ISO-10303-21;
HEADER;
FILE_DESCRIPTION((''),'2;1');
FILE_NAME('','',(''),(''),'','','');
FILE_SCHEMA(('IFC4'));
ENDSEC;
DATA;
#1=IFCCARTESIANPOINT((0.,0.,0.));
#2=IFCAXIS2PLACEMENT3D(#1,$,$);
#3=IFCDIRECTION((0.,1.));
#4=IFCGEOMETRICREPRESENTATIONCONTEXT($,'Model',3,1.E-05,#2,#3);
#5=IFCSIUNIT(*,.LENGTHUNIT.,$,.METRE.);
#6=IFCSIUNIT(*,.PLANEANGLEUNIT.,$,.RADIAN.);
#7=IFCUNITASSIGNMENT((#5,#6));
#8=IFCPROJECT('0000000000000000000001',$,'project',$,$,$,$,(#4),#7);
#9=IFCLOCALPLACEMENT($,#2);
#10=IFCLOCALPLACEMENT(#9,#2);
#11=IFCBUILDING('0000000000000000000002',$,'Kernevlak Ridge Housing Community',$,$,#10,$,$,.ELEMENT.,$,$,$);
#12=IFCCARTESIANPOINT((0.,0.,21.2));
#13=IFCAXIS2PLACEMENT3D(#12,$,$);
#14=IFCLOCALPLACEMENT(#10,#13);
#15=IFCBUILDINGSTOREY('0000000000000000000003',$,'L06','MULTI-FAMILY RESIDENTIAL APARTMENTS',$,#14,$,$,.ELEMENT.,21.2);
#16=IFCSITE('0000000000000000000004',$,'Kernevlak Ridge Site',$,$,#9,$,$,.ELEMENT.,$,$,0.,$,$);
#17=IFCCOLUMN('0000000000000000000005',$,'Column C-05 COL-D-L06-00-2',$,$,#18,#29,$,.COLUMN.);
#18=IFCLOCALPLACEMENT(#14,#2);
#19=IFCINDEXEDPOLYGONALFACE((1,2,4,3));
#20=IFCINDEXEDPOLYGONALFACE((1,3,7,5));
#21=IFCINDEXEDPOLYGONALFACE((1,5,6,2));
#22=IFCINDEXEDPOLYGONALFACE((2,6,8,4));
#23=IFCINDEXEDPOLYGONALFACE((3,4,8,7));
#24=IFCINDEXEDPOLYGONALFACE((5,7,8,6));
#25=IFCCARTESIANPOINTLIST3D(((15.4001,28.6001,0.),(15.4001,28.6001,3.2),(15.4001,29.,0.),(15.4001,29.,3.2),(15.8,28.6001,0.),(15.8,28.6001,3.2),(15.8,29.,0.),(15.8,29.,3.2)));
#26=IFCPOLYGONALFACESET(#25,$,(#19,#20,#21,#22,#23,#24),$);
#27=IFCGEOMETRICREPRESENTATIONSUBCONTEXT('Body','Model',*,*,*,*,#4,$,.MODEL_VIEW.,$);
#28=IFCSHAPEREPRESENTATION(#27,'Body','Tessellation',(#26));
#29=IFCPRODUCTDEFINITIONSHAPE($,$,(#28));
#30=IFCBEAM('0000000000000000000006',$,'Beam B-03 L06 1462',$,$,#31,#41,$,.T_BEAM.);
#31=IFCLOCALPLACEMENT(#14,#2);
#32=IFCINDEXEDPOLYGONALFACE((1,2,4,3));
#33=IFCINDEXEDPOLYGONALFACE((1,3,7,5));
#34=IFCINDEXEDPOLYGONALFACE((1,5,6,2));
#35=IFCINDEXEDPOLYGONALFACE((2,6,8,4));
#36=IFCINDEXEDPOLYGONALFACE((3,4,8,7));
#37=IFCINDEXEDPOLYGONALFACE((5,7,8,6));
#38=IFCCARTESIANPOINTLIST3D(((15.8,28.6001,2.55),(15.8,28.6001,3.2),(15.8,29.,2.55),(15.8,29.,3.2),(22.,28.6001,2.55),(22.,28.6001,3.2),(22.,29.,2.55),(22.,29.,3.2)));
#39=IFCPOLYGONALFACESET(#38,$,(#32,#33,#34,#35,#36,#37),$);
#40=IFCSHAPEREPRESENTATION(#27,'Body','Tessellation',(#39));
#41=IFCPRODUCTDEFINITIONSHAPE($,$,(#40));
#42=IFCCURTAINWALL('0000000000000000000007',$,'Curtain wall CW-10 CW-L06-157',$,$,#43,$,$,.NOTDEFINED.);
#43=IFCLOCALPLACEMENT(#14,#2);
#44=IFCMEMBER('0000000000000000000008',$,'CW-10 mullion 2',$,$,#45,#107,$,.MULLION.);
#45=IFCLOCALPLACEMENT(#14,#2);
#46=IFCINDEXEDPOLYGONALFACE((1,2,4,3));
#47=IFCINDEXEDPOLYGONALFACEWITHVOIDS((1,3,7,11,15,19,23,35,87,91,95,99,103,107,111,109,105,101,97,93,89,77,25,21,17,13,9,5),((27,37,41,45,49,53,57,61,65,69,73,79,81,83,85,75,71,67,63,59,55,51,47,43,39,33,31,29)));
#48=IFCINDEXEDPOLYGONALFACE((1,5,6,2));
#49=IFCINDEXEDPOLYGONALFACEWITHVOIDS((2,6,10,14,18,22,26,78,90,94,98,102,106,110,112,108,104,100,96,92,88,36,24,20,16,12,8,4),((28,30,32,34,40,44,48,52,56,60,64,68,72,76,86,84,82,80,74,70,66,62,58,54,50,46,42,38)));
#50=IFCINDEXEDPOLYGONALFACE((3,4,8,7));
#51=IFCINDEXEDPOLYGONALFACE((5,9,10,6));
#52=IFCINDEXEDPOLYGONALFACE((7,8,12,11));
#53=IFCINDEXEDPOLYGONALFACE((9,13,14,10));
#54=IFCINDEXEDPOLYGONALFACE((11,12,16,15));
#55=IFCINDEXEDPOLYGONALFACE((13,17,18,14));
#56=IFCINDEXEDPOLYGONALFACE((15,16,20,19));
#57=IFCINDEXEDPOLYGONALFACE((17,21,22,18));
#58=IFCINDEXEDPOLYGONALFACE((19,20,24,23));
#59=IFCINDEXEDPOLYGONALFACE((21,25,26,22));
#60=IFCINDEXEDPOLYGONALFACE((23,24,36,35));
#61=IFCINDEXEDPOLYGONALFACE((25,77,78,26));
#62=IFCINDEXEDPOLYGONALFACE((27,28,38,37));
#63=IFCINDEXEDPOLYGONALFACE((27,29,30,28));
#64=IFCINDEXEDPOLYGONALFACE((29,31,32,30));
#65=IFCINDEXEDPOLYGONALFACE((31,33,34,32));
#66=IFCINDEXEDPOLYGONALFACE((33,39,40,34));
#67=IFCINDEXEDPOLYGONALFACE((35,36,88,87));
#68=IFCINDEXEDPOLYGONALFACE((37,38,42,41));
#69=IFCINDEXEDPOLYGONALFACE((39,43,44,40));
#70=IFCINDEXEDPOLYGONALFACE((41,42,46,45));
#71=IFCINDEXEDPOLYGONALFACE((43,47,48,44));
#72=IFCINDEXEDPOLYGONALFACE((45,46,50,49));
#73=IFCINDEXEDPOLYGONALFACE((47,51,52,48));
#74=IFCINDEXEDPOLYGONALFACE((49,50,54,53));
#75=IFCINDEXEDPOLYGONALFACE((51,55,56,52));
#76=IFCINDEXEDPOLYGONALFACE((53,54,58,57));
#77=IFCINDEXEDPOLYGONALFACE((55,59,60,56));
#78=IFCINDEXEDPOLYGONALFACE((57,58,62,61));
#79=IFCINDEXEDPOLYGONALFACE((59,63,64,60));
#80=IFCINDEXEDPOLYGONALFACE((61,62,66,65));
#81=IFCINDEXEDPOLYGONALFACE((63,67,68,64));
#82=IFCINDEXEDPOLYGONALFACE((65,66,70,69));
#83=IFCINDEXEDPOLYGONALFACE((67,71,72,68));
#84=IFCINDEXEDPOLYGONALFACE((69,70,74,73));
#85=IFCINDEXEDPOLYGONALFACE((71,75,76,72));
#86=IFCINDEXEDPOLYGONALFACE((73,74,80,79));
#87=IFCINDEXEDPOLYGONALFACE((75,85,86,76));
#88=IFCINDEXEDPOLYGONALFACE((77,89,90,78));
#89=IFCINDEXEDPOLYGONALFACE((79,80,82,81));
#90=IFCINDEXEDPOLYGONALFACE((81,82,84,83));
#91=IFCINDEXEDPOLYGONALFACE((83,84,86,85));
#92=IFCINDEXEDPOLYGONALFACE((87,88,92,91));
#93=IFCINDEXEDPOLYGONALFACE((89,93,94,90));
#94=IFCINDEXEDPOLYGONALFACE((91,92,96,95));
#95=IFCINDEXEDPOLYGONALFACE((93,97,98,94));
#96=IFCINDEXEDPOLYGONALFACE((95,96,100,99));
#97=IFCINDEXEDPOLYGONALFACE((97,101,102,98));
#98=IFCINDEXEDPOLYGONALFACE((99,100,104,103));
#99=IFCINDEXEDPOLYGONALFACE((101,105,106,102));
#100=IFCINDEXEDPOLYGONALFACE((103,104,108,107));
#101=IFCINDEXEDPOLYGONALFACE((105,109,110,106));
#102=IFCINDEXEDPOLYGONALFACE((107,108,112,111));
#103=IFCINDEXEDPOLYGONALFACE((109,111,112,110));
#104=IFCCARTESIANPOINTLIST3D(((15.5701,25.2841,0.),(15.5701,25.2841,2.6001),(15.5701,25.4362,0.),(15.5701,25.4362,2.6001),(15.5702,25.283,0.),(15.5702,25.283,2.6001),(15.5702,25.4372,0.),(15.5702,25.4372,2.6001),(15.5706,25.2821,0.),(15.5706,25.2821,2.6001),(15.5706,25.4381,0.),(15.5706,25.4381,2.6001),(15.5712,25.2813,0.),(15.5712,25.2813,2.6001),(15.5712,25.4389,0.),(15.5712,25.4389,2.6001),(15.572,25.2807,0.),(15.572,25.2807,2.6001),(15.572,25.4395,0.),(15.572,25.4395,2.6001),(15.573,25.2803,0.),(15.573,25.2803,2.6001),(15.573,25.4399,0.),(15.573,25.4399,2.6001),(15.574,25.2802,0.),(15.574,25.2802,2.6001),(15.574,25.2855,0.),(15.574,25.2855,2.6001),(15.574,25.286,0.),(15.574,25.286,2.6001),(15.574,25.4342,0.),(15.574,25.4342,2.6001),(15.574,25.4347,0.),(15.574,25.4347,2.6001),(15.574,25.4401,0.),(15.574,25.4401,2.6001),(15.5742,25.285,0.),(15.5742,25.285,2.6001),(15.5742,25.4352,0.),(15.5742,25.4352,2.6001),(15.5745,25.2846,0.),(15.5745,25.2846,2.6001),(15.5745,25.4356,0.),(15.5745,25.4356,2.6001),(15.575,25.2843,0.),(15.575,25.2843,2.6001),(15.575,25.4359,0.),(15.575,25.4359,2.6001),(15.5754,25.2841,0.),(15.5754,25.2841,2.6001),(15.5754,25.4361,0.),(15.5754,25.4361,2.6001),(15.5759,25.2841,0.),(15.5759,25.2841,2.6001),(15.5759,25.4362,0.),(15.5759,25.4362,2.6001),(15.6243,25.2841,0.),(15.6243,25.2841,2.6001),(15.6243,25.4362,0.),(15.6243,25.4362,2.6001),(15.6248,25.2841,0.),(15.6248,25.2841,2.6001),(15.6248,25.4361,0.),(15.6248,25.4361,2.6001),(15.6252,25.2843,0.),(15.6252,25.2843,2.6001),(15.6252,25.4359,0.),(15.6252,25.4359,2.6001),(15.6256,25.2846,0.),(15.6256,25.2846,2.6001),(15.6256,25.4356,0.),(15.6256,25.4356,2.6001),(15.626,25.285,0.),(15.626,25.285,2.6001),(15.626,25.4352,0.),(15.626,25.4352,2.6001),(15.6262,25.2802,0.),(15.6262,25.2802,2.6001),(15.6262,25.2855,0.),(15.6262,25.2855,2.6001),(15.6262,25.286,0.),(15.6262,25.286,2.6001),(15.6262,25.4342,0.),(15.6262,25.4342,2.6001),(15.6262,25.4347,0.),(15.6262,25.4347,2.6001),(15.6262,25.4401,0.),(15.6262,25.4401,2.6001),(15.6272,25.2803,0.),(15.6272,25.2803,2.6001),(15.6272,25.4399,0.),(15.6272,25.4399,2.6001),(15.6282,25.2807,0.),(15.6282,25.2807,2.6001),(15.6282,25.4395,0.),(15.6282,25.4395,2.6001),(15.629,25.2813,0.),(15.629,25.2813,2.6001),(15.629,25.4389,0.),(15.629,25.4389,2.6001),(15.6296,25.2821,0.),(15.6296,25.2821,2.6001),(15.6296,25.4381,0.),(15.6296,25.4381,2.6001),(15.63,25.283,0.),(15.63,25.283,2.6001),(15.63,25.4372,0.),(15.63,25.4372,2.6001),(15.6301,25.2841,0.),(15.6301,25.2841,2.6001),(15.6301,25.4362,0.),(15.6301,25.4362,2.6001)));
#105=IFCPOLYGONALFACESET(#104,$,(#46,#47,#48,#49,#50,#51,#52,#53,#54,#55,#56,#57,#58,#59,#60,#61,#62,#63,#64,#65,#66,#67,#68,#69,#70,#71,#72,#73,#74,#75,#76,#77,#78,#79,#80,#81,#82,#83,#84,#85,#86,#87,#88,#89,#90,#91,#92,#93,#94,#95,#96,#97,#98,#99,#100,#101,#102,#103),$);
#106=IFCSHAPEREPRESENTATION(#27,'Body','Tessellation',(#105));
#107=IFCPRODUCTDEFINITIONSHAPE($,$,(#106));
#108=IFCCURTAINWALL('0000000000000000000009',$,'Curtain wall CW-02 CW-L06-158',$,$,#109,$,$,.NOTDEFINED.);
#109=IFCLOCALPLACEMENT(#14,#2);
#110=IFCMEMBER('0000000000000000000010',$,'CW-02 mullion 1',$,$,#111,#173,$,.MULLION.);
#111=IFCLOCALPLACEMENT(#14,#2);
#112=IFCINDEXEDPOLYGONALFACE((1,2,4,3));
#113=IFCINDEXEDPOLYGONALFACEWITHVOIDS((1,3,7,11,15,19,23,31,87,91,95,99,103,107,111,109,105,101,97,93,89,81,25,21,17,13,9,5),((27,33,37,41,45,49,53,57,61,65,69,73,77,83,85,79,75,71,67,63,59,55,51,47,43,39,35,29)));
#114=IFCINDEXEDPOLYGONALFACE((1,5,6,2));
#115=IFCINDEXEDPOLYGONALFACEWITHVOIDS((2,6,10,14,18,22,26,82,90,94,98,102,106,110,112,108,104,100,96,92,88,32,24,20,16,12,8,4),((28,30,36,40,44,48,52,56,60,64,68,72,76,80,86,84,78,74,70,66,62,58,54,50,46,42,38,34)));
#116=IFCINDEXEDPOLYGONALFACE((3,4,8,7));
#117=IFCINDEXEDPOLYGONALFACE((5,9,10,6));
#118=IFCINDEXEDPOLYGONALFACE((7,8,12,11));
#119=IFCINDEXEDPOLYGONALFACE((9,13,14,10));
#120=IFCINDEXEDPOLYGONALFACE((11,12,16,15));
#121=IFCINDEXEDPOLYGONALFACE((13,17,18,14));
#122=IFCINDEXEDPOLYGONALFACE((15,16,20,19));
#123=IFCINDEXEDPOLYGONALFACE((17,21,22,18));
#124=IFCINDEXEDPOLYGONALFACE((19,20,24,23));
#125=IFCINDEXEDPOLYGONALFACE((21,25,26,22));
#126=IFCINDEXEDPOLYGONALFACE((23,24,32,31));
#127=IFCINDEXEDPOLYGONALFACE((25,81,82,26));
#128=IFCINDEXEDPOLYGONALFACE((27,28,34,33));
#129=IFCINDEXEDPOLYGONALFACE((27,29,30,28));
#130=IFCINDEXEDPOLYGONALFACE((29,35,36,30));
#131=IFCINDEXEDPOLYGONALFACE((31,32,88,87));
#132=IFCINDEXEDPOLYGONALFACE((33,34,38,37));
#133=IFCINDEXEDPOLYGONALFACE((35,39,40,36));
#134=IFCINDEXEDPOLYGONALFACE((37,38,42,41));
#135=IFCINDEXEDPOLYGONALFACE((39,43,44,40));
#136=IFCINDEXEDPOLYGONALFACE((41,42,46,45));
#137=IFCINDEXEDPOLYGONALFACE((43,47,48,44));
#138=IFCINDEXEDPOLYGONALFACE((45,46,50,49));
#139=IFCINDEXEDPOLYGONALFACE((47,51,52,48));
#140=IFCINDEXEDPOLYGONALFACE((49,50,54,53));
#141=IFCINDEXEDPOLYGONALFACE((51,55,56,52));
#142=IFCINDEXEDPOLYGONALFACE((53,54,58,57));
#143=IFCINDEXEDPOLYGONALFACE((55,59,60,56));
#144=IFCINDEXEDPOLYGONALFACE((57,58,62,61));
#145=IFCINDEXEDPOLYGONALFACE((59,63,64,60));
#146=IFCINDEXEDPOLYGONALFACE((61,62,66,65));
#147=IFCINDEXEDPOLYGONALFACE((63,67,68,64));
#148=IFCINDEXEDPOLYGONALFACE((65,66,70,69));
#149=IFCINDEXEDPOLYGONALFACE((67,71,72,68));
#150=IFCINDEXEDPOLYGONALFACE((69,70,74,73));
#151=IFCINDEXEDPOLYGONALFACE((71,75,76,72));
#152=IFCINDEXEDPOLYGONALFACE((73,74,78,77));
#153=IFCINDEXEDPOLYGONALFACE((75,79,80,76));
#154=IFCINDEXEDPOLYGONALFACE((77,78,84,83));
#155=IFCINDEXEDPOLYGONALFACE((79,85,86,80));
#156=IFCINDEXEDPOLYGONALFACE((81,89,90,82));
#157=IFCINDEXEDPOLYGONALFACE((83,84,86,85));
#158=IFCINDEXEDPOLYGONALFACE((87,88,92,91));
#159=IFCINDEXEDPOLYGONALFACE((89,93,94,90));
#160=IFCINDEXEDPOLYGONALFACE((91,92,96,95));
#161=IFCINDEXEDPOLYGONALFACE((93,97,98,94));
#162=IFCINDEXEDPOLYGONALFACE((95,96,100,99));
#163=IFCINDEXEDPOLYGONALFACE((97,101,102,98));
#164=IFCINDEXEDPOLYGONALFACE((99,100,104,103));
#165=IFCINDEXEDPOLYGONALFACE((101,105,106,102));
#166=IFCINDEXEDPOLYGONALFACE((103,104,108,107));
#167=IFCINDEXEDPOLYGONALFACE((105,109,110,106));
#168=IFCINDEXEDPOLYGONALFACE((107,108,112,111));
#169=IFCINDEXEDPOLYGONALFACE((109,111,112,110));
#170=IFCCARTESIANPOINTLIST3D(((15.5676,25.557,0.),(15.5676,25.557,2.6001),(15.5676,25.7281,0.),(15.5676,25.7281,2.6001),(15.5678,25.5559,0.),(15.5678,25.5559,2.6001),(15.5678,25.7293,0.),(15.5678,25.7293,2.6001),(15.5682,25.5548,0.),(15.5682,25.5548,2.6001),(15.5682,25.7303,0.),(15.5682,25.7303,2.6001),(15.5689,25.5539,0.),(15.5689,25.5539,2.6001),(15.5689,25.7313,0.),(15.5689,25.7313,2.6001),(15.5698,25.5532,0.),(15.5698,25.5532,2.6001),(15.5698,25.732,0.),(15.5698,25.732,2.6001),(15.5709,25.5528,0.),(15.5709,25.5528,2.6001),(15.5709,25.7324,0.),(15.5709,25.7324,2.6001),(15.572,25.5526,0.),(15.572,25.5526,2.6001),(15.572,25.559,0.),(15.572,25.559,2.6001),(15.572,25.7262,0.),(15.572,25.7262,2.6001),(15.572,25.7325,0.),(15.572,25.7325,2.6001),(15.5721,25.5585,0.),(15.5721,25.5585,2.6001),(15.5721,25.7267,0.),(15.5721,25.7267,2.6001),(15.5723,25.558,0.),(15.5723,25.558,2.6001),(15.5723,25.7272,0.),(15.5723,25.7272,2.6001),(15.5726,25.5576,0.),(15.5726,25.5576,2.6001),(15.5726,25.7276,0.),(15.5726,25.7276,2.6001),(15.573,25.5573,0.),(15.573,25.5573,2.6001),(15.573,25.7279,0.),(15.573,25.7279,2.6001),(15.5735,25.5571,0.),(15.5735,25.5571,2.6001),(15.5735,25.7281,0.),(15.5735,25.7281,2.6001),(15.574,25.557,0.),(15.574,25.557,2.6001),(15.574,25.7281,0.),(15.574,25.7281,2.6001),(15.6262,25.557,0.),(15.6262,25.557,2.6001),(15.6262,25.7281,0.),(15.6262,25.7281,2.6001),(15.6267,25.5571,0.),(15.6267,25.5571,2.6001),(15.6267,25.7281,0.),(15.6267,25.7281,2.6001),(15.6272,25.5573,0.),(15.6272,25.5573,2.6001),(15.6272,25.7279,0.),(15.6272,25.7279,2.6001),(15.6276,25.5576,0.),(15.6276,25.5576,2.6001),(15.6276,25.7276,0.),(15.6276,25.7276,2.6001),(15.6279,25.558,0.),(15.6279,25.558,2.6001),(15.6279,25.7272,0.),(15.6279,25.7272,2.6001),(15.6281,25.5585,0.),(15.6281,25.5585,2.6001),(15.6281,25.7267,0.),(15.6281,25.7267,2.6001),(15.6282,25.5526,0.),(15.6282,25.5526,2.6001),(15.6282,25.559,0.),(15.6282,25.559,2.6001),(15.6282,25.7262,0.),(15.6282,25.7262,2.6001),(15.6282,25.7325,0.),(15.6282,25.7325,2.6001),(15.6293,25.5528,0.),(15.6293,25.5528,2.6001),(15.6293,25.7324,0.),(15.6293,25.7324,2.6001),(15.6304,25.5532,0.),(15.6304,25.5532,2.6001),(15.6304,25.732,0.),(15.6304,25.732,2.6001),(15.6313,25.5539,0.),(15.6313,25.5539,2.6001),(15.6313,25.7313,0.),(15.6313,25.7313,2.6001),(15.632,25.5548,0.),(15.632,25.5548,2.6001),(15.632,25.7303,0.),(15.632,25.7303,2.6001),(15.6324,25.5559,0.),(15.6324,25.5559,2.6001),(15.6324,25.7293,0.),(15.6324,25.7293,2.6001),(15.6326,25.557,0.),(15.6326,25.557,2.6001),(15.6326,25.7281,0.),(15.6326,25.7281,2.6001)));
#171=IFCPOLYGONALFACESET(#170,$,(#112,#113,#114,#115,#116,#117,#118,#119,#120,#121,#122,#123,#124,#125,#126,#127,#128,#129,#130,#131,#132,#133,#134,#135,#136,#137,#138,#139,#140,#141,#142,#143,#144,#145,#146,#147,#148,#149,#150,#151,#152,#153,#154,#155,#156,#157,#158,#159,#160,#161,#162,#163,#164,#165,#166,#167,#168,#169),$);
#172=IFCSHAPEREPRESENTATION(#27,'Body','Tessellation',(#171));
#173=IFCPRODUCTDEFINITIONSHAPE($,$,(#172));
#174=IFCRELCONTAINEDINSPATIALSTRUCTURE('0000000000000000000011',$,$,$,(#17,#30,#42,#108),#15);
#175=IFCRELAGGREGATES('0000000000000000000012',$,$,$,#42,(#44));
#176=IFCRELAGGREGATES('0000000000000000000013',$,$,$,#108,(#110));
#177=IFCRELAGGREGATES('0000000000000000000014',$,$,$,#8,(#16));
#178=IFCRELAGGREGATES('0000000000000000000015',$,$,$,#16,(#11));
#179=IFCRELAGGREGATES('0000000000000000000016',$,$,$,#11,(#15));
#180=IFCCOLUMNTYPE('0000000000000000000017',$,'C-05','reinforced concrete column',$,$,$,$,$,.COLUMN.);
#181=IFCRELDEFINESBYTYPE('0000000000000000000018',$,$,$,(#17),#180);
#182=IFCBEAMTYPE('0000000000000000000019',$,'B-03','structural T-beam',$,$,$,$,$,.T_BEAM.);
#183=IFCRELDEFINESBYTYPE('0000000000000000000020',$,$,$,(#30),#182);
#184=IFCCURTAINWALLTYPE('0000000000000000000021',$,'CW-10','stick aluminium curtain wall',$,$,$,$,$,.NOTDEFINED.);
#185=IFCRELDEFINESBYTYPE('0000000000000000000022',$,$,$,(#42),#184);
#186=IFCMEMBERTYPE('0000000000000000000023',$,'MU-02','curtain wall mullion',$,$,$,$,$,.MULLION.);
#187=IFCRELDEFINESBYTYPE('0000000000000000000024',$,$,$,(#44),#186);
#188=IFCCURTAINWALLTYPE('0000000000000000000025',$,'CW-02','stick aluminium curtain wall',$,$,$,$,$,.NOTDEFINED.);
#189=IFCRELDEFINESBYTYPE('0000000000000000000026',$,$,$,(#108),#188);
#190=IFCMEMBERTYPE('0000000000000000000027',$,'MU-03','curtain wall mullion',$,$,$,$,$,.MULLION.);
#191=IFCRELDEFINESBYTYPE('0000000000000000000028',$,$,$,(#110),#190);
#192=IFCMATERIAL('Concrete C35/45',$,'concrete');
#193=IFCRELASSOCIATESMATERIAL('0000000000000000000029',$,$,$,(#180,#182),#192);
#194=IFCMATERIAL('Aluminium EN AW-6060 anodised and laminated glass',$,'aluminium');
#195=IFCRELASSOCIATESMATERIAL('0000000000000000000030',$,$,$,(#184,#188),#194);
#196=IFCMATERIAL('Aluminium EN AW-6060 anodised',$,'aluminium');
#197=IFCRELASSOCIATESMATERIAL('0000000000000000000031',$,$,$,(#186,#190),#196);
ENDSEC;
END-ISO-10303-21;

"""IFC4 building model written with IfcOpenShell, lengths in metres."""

from ifc_helpers import new_model, si_unit, direction, frame, origin, origin_2d, place, context, subcontext, project, spatial, rectangle, hollow_rectangle, extrude, material, material_profile, profile_set, type_object, element, aggregate, save


model = new_model("IFC4")

# Units and contexts
model_context = context("Model", 3, precision=1e-05, world=origin(), true_north=direction((0.0, 1.0)))
body_context = subcontext(model_context, "Body", "Model", "MODEL_VIEW")
ifc_project = project(units=[si_unit("LENGTHUNIT", "METRE"), si_unit("PLANEANGLEUNIT", "RADIAN")], contexts=[model_context])

# Site, building, storey
site_placement = place(None, origin())
site = spatial("IfcSite", under=ifc_project, at=site_placement, Name="Kernevlak Ridge Site", CompositionType="ELEMENT", RefElevation=0.0)
building_placement = place(site_placement, origin())
building = spatial("IfcBuilding", under=site, at=building_placement, Name="Kernevlak Ridge Housing Community", CompositionType="ELEMENT")
storey_placement = place(building_placement, frame((0.0, 0.0, 21.2)))
storey = spatial("IfcBuildingStorey", under=building, at=storey_placement, Name="L06", Description="MULTI-FAMILY RESIDENTIAL APARTMENTS", CompositionType="ELEMENT", Elevation=21.2)

# Column
ifc_material_1 = material(Name="Concrete C35/45", Category="concrete")
ifc_material_profile_1 = material_profile(ifc_material_1, rectangle(XDim=0.3999, YDim=0.3999, at=origin_2d()), Name="RC 400x400")
ifc_profile_set_1 = profile_set([ifc_material_profile_1], Name="Concrete C35/45")
column_type = type_object("IfcColumnType", Name="C-05", Description="reinforced concrete column", PredefinedType="COLUMN", material=ifc_profile_set_1)
column_placement = place(storey_placement, frame((15.6001, 28.8, 0.0), z_axis=(0.0, 0.0, 1.0), x_axis=(1.0, 0.0, 0.0)))
element("IfcColumn", 1, at=column_placement, inside=storey, type_object=column_type, Name="Column C-05 COL-D-L06-00-2", PredefinedType="COLUMN", context=body_context, shape_type="SweptSolid", body=[
    extrude(rectangle(XDim=0.3999, YDim=0.3999, at=origin_2d()), origin(), (0.0, 0.0, 1.0), 3.2),
])

# Beam
ifc_material_profile_2 = material_profile(ifc_material_1, rectangle(XDim=0.3999, YDim=0.6499, at=origin_2d()), Name="RC 400x650")
ifc_profile_set_2 = profile_set([ifc_material_profile_2], Name="Concrete C35/45")
beam_type = type_object("IfcBeamType", Name="B-03", Description="structural T-beam", PredefinedType="T_BEAM", material=ifc_profile_set_2)
beam_placement = place(storey_placement, frame((15.8, 28.8, 2.875), z_axis=(1.0, 0.0, 0.0), x_axis=(0.0, 1.0, 0.0)))
element("IfcBeam", 2, at=beam_placement, inside=storey, type_object=beam_type, Name="Beam B-03 L06 1462", PredefinedType="T_BEAM", context=body_context, shape_type="SweptSolid", body=[
    extrude(rectangle(XDim=0.3999, YDim=0.6499, at=origin_2d()), origin(), (0.0, 0.0, 1.0), 6.2),
])

# Curtain wall, member
ifc_material_2 = material(Name="Aluminium EN AW-6060 anodised and laminated glass", Category="aluminium")
curtain_wall_type_1 = type_object("IfcCurtainWallType", Name="CW-10", Description="stick aluminium curtain wall", PredefinedType="NOTDEFINED", material=ifc_material_2)
curtain_wall_1_placement = place(storey_placement, origin())
curtain_wall_1 = element("IfcCurtainWall", 3, at=curtain_wall_1_placement, inside=storey, type_object=curtain_wall_type_1, Name="Curtain wall CW-10 CW-L06-157", PredefinedType="NOTDEFINED")
ifc_material_3 = material(Name="Aluminium EN AW-6060 anodised", Category="aluminium")
ifc_material_profile_3 = material_profile(ifc_material_3, hollow_rectangle(XDim=0.0601, YDim=0.1599, WallThickness=0.0039, InnerFilletRadius=0.002, OuterFilletRadius=0.0039, at=origin_2d()), Name="ALU 60x160x4")
ifc_profile_set_3 = profile_set([ifc_material_profile_3], Name="Aluminium EN AW-6060 anodised")
member_type_1 = type_object("IfcMemberType", Name="MU-02", Description="curtain wall mullion", PredefinedType="MULLION", material=ifc_profile_set_3)
member_1_placement = place(storey_placement, frame((15.6001, 25.3601, 0.0), z_axis=(0.0, 0.0, 1.0), x_axis=(-1.0, 0.0, 0.0)))
member_1 = element("IfcMember", 4, at=member_1_placement, type_object=member_type_1, Name="CW-10 mullion 2", PredefinedType="MULLION", context=body_context, shape_type="SweptSolid", body=[
    extrude(hollow_rectangle(XDim=0.0601, YDim=0.1599, WallThickness=0.0039, InnerFilletRadius=0.002, OuterFilletRadius=0.0039, at=origin_2d()), origin(), (0.0, 0.0, 1.0), 2.6001),
])

# Curtain wall, member
curtain_wall_type_2 = type_object("IfcCurtainWallType", Name="CW-02", Description="stick aluminium curtain wall", PredefinedType="NOTDEFINED", material=ifc_material_2)
curtain_wall_2_placement = place(storey_placement, origin())
curtain_wall_2 = element("IfcCurtainWall", 5, at=curtain_wall_2_placement, inside=storey, type_object=curtain_wall_type_2, Name="Curtain wall CW-02 CW-L06-158", PredefinedType="NOTDEFINED")
ifc_material_profile_4 = material_profile(ifc_material_3, hollow_rectangle(XDim=0.0649, YDim=0.1799, WallThickness=0.0044, InnerFilletRadius=0.002, OuterFilletRadius=0.0044, at=origin_2d()), Name="ALU 65x180x4.5")
ifc_profile_set_4 = profile_set([ifc_material_profile_4], Name="Aluminium EN AW-6060 anodised")
member_type_2 = type_object("IfcMemberType", Name="MU-03", Description="curtain wall mullion", PredefinedType="MULLION", material=ifc_profile_set_4)
member_2_placement = place(storey_placement, frame((15.6001, 25.6426, 0.0), z_axis=(0.0, 0.0, 1.0), x_axis=(-1.0, 0.0, 0.0)))
member_2 = element("IfcMember", 6, at=member_2_placement, type_object=member_type_2, Name="CW-02 mullion 1", PredefinedType="MULLION", context=body_context, shape_type="SweptSolid", body=[
    extrude(hollow_rectangle(XDim=0.0649, YDim=0.1799, WallThickness=0.0044, InnerFilletRadius=0.002, OuterFilletRadius=0.0044, at=origin_2d()), origin(), (0.0, 0.0, 1.0), 2.6001),
])

aggregate(curtain_wall_1, [member_1])
aggregate(curtain_wall_2, [member_2])

save(model, "model.ifc")
